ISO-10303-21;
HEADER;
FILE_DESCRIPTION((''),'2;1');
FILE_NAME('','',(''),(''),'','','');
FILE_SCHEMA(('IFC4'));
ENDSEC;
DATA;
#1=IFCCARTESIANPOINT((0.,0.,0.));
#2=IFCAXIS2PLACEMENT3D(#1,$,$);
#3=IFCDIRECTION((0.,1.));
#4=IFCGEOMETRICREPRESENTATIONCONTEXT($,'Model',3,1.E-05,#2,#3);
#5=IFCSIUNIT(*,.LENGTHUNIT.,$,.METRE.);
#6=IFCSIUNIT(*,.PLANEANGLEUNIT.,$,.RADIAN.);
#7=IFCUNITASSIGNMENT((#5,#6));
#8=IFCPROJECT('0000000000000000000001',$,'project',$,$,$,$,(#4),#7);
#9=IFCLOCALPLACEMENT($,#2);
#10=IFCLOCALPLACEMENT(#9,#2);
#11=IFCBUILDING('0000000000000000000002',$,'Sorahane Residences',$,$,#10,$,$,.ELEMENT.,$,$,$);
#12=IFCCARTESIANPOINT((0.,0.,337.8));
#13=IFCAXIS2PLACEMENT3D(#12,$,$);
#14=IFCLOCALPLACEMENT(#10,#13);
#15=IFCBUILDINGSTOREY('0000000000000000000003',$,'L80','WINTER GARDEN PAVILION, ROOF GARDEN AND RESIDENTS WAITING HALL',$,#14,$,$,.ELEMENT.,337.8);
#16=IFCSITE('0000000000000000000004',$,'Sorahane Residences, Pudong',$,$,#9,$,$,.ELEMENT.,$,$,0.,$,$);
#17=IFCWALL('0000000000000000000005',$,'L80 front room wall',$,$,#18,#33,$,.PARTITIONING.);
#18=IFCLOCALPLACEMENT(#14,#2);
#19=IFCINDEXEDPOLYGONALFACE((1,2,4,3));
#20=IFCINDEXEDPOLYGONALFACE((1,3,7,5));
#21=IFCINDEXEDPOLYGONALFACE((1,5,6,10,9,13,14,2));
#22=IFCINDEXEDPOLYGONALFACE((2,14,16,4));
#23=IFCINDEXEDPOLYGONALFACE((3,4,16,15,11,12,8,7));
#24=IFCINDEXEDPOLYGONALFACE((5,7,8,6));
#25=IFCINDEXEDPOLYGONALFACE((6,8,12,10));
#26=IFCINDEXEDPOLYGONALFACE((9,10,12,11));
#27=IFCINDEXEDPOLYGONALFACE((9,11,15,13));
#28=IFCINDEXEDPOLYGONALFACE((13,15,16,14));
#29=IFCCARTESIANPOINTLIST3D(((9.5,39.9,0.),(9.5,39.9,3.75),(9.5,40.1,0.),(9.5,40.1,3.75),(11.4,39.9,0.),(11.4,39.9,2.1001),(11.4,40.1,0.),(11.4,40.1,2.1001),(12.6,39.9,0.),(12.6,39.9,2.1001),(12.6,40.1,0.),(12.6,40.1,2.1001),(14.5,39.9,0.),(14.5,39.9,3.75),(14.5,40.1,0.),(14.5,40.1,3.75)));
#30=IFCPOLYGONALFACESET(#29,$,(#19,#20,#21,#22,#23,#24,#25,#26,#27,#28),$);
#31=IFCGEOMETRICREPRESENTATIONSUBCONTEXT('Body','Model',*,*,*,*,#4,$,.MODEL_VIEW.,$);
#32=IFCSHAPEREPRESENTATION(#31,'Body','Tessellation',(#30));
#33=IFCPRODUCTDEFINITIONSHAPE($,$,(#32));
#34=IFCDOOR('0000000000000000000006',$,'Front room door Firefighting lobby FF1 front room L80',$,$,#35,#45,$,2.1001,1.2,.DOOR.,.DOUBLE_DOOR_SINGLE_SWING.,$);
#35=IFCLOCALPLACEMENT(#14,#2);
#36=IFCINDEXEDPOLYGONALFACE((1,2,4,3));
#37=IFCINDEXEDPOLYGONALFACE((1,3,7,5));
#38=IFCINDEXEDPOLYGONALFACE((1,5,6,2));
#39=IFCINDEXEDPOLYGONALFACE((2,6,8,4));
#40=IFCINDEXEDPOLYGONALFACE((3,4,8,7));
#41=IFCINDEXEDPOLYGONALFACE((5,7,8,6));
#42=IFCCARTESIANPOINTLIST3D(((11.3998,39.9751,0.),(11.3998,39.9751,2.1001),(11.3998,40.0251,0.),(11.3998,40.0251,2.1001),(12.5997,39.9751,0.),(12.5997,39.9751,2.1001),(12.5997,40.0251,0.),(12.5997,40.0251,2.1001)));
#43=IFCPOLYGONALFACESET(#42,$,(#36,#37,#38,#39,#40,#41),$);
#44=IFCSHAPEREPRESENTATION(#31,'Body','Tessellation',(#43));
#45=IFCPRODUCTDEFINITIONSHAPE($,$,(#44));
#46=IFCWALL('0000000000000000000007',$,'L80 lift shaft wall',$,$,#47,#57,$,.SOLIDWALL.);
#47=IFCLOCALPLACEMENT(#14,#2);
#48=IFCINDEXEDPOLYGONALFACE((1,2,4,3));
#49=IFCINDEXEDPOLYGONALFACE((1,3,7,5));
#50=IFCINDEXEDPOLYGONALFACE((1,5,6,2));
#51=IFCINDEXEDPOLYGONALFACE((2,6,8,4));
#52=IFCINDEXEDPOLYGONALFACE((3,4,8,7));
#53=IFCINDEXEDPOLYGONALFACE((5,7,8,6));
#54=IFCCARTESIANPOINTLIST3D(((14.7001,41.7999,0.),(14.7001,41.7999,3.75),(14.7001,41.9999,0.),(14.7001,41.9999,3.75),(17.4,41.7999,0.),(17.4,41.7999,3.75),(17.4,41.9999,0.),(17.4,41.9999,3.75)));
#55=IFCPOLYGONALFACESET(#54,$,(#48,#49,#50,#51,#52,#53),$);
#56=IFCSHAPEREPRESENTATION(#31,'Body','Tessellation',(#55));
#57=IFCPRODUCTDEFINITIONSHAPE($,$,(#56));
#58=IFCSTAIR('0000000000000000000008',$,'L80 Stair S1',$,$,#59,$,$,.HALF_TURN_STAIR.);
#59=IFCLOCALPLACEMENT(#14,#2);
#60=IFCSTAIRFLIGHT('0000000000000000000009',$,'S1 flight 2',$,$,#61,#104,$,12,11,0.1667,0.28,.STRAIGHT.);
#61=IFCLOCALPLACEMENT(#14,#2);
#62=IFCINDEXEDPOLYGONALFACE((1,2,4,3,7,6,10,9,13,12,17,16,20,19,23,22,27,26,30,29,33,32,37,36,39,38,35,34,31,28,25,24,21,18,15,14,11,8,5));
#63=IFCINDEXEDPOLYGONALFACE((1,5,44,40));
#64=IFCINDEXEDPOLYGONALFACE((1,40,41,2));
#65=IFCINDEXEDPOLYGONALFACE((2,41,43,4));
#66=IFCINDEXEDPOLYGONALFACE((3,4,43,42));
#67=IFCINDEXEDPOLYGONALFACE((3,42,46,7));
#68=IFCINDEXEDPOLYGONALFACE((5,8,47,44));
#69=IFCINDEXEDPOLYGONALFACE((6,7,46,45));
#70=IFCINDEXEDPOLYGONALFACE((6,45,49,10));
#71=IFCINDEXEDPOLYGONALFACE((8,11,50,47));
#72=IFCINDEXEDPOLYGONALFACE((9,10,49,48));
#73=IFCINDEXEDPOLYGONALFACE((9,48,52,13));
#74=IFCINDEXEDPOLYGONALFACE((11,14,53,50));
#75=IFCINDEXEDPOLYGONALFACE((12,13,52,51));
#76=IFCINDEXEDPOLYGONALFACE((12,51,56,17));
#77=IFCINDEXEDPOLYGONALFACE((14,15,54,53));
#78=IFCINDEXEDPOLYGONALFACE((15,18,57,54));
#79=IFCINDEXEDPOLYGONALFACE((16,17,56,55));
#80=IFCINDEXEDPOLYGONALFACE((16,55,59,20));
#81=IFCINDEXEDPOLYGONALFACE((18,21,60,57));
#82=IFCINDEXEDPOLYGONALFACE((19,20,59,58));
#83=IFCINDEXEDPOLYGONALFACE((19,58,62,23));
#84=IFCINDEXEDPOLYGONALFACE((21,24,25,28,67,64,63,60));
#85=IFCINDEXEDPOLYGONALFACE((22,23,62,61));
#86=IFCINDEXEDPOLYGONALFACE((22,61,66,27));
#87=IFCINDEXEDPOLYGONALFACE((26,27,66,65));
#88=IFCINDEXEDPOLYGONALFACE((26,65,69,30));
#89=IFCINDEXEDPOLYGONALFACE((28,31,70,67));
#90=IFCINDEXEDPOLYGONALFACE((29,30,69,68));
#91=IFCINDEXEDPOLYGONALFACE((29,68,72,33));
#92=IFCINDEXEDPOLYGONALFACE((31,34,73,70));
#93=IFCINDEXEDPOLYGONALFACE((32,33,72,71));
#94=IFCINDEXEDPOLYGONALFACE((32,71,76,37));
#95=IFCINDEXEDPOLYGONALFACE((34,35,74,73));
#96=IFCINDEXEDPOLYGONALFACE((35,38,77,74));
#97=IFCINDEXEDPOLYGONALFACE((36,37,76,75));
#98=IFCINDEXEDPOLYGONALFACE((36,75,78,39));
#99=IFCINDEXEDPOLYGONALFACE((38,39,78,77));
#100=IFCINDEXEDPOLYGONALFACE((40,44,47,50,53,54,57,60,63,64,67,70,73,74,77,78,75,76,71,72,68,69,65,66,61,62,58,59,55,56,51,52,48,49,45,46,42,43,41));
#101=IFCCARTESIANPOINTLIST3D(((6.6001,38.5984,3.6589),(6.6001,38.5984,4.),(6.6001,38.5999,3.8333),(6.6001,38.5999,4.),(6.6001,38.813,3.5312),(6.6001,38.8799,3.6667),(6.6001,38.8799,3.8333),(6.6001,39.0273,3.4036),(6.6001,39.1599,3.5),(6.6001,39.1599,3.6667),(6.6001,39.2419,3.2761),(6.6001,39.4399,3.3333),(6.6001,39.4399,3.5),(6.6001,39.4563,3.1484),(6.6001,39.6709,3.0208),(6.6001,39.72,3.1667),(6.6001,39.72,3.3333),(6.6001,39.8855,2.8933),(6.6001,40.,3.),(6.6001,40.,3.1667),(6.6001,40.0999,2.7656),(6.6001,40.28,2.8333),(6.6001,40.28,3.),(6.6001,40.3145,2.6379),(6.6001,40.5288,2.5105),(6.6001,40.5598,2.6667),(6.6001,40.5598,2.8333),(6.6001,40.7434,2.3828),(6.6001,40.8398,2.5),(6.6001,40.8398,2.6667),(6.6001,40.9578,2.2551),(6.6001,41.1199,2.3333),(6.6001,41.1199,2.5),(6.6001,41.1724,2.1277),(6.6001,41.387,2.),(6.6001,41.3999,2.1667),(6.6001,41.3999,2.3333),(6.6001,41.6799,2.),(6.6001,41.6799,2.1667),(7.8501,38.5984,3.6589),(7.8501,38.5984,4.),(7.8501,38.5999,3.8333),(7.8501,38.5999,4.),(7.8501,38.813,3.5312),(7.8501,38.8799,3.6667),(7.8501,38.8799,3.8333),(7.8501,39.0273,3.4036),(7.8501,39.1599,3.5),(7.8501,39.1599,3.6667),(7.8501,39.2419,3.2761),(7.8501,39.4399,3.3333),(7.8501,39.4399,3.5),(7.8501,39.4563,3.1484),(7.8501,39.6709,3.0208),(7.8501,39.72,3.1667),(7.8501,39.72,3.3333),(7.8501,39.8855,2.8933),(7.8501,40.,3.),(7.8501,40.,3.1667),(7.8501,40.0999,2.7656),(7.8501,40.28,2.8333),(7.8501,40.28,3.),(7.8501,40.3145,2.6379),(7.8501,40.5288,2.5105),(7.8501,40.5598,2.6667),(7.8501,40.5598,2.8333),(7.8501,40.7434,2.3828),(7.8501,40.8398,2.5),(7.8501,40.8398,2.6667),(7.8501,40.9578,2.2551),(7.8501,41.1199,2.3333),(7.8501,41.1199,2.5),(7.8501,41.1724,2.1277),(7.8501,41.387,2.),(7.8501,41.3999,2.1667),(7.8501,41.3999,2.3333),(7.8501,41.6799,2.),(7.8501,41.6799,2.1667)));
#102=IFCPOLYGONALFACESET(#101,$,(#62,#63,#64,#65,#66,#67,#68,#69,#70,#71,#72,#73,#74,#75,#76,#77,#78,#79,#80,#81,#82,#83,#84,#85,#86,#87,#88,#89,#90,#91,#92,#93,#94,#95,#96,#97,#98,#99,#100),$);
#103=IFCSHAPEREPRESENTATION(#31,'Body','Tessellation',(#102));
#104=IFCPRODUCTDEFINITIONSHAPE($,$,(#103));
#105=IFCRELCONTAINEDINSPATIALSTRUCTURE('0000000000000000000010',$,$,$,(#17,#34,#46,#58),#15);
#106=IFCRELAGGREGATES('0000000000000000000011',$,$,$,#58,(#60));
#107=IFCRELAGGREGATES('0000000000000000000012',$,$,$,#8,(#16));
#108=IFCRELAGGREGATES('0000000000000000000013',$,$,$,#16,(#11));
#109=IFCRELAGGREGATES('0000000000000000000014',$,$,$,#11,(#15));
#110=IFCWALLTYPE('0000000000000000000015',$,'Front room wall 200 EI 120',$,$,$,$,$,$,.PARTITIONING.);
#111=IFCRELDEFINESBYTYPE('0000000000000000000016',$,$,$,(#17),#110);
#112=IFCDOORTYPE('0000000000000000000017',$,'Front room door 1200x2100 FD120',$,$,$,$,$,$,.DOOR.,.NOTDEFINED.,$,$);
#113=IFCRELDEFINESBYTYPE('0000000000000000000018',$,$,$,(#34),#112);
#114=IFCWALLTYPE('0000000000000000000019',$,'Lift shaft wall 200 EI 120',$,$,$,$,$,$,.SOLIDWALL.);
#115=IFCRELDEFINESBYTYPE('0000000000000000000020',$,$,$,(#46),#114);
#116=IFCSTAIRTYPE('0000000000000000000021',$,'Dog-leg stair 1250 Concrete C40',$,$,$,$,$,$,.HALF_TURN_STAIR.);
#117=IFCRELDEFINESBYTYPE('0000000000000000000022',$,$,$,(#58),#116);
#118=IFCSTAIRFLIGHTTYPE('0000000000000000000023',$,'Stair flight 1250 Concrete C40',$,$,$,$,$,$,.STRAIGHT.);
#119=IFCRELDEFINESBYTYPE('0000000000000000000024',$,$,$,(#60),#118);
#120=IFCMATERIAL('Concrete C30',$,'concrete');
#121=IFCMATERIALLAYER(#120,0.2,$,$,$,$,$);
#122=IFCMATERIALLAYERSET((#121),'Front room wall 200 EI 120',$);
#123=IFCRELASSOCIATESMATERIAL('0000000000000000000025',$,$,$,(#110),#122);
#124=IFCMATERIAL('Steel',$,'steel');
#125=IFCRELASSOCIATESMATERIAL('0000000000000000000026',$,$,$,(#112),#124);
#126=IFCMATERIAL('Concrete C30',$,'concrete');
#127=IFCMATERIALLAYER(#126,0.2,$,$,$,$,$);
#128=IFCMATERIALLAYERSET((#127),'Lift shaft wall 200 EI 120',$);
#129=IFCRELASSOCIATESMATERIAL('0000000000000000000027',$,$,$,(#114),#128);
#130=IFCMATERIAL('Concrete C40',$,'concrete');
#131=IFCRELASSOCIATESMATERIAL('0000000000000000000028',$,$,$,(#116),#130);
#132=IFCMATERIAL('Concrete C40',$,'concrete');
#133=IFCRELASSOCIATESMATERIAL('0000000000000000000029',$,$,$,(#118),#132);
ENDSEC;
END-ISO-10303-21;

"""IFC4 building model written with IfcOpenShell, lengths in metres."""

from ifc_helpers import new_model, si_unit, direction, frame, frame_2d, origin, place, context, subcontext, project, spatial, polyline, rectangle, outline, extrude, material, layer, layer_set, type_object, element, fill, aggregate, save


model = new_model("IFC4")

# Units and contexts
model_context = context("Model", 3, precision=1e-05, world=origin(), true_north=direction((0.0, 1.0)))
body_context = subcontext(model_context, "Body", "Model", "MODEL_VIEW")
ifc_project = project(units=[si_unit("LENGTHUNIT", "METRE"), si_unit("PLANEANGLEUNIT", "RADIAN")], contexts=[model_context])

# Site, building, storey
site_placement = place(None, origin())
site = spatial("IfcSite", under=ifc_project, at=site_placement, Name="Sorahane Residences, Pudong", CompositionType="ELEMENT", RefElevation=0.0)
building_placement = place(site_placement, origin())
building = spatial("IfcBuilding", under=site, at=building_placement, Name="Sorahane Residences", CompositionType="ELEMENT")
storey_placement = place(building_placement, frame((0.0, 0.0, 337.8)))
storey = spatial("IfcBuildingStorey", under=building, at=storey_placement, Name="L80", Description="WINTER GARDEN PAVILION, ROOF GARDEN AND RESIDENTS WAITING HALL", CompositionType="ELEMENT", Elevation=337.8)

# Wall, opening, door
ifc_material_1 = material(Name="Concrete C30", Category="concrete")
ifc_layer_1 = layer(ifc_material_1, 0.2)
ifc_layer_set_1 = layer_set([ifc_layer_1], Name="Front room wall 200 EI 120")
wall_type_1 = type_object("IfcWallType", Name="Front room wall 200 EI 120", PredefinedType="PARTITIONING", material=ifc_layer_set_1)
wall_1_placement = place(storey_placement, frame((9.5, 40.0, 0.0), z_axis=(0.0, 0.0, 1.0), x_axis=(1.0, 0.0, 0.0)))
wall_1 = element("IfcWall", 1, at=wall_1_placement, inside=storey, type_object=wall_type_1, Name="L80 front room wall", PredefinedType="PARTITIONING", context=body_context, shape_type="SweptSolid", body=[
    extrude(rectangle(XDim=5.0, YDim=0.2, at=frame_2d((2.5, 0.0))), origin(), (0.0, 0.0, 1.0), 3.75),
])
opening_placement = place(wall_1_placement, frame((1.8999, 0.0, 0.0)))
opening = element("IfcOpeningElement", 2, at=opening_placement, cuts=wall_1, PredefinedType="OPENING", context=body_context, shape_type="SweptSolid", body=[
    extrude(rectangle(XDim=1.2, YDim=2.1001, at=frame_2d((0.6001, 1.05))), frame((0.0, 0.1099, 0.0), z_axis=(0.0, -1.0, 0.0), x_axis=(1.0, 0.0, 0.0)), (0.0, 0.0, 1.0), 0.22),
])
ifc_material_2 = material(Name="Steel", Category="steel")
door_type = type_object("IfcDoorType", Name="Front room door 1200x2100 FD120", OperationType="NOTDEFINED", PredefinedType="DOOR", material=ifc_material_2)
door_placement = place(opening_placement, frame((1.2, 0.0, 0.0), z_axis=(0.0, 0.0, 1.0), x_axis=(-1.0, 0.0, 0.0)))
door = element("IfcDoor", 3, at=door_placement, inside=storey, type_object=door_type, Name="Front room door Firefighting lobby FF1 front room L80", OperationType="DOUBLE_DOOR_SINGLE_SWING", OverallHeight=2.1001, OverallWidth=1.2, PredefinedType="DOOR", context=body_context, shape_type="SweptSolid", body=[
    extrude(rectangle(XDim=1.2, YDim=2.1001, at=frame_2d((0.6001, 1.05))), frame((0.0, 0.0249, 0.0), z_axis=(0.0, -1.0, 0.0), x_axis=(1.0, 0.0, 0.0)), (0.0, 0.0, 1.0), 0.05),
])
fill(opening, door)

# Wall
ifc_material_3 = material(Name="Concrete C30", Category="concrete")
ifc_layer_2 = layer(ifc_material_3, 0.2)
ifc_layer_set_2 = layer_set([ifc_layer_2], Name="Lift shaft wall 200 EI 120")
wall_type_2 = type_object("IfcWallType", Name="Lift shaft wall 200 EI 120", PredefinedType="SOLIDWALL", material=ifc_layer_set_2)
wall_2_placement = place(storey_placement, frame((14.7, 41.8999, 0.0), z_axis=(0.0, 0.0, 1.0), x_axis=(1.0, 0.0, 0.0)))
element("IfcWall", 4, at=wall_2_placement, inside=storey, type_object=wall_type_2, Name="L80 lift shaft wall", PredefinedType="SOLIDWALL", context=body_context, shape_type="SweptSolid", body=[
    extrude(rectangle(XDim=2.7, YDim=0.2, at=frame_2d((1.3501, 0.0))), origin(), (0.0, 0.0, 1.0), 3.75),
])

# Stair, stair flight
ifc_material_4 = material(Name="Concrete C40", Category="concrete")
stair_type = type_object("IfcStairType", Name="Dog-leg stair 1250 Concrete C40", PredefinedType="HALF_TURN_STAIR", material=ifc_material_4)
stair_placement = place(storey_placement, origin())
stair = element("IfcStair", 5, at=stair_placement, inside=storey, type_object=stair_type, Name="L80 Stair S1", PredefinedType="HALF_TURN_STAIR")
ifc_material_5 = material(Name="Concrete C40", Category="concrete")
stair_flight_type = type_object("IfcStairFlightType", Name="Stair flight 1250 Concrete C40", PredefinedType="STRAIGHT", material=ifc_material_5)
stair_flight_placement = place(storey_placement, frame((7.2251, 41.6799, 2.0), z_axis=(0.0, 0.0, 1.0), x_axis=(0.0, -1.0, 0.0)))
stair_flight = element("IfcStairFlight", 6, at=stair_flight_placement, type_object=stair_flight_type, Name="S1 flight 2", NumberOfRisers=12, NumberOfTreads=11, PredefinedType="STRAIGHT", RiserHeight=0.1667, TreadLength=0.28, context=body_context, shape_type="SweptSolid", body=[
    extrude(outline(polyline([(0.0, 0.0), (0.0, 0.1667), (0.28, 0.1667), (0.28, 0.3333), (0.5601, 0.3333), (0.5601, 0.5), (0.8401, 0.5), (0.8401, 0.6667), (1.1201, 0.6667), (1.1201, 0.8333), (1.3999, 0.8333), (1.3999, 1.0), (1.6799, 1.0), (1.6799, 1.1667), (1.96, 1.1667), (1.96, 1.3333), (2.24, 1.3333), (2.24, 1.5), (2.52, 1.5), (2.52, 1.6667), (2.8, 1.6667), (2.8, 1.8333), (3.0801, 1.8333), (3.0801, 2.0), (3.0815, 2.0), (3.0815, 1.6589), (2.8669, 1.5312), (2.6526, 1.4036), (2.438, 1.2761), (2.2236, 1.1484), (2.009, 1.0208), (1.7944, 0.8933), (1.5801, 0.7656), (1.3655, 0.6379), (1.1511, 0.5105), (0.9365, 0.3828), (0.7222, 0.2551), (0.5076, 0.1277), (0.293, 0.0), (0.0, 0.0)])), frame((0.0, 0.625, 0.0), z_axis=(0.0, -1.0, 0.0), x_axis=(1.0, 0.0, 0.0)), (0.0, 0.0, 1.0), 1.25),
])
aggregate(stair, [stair_flight])

save(model, "model.ifc")
